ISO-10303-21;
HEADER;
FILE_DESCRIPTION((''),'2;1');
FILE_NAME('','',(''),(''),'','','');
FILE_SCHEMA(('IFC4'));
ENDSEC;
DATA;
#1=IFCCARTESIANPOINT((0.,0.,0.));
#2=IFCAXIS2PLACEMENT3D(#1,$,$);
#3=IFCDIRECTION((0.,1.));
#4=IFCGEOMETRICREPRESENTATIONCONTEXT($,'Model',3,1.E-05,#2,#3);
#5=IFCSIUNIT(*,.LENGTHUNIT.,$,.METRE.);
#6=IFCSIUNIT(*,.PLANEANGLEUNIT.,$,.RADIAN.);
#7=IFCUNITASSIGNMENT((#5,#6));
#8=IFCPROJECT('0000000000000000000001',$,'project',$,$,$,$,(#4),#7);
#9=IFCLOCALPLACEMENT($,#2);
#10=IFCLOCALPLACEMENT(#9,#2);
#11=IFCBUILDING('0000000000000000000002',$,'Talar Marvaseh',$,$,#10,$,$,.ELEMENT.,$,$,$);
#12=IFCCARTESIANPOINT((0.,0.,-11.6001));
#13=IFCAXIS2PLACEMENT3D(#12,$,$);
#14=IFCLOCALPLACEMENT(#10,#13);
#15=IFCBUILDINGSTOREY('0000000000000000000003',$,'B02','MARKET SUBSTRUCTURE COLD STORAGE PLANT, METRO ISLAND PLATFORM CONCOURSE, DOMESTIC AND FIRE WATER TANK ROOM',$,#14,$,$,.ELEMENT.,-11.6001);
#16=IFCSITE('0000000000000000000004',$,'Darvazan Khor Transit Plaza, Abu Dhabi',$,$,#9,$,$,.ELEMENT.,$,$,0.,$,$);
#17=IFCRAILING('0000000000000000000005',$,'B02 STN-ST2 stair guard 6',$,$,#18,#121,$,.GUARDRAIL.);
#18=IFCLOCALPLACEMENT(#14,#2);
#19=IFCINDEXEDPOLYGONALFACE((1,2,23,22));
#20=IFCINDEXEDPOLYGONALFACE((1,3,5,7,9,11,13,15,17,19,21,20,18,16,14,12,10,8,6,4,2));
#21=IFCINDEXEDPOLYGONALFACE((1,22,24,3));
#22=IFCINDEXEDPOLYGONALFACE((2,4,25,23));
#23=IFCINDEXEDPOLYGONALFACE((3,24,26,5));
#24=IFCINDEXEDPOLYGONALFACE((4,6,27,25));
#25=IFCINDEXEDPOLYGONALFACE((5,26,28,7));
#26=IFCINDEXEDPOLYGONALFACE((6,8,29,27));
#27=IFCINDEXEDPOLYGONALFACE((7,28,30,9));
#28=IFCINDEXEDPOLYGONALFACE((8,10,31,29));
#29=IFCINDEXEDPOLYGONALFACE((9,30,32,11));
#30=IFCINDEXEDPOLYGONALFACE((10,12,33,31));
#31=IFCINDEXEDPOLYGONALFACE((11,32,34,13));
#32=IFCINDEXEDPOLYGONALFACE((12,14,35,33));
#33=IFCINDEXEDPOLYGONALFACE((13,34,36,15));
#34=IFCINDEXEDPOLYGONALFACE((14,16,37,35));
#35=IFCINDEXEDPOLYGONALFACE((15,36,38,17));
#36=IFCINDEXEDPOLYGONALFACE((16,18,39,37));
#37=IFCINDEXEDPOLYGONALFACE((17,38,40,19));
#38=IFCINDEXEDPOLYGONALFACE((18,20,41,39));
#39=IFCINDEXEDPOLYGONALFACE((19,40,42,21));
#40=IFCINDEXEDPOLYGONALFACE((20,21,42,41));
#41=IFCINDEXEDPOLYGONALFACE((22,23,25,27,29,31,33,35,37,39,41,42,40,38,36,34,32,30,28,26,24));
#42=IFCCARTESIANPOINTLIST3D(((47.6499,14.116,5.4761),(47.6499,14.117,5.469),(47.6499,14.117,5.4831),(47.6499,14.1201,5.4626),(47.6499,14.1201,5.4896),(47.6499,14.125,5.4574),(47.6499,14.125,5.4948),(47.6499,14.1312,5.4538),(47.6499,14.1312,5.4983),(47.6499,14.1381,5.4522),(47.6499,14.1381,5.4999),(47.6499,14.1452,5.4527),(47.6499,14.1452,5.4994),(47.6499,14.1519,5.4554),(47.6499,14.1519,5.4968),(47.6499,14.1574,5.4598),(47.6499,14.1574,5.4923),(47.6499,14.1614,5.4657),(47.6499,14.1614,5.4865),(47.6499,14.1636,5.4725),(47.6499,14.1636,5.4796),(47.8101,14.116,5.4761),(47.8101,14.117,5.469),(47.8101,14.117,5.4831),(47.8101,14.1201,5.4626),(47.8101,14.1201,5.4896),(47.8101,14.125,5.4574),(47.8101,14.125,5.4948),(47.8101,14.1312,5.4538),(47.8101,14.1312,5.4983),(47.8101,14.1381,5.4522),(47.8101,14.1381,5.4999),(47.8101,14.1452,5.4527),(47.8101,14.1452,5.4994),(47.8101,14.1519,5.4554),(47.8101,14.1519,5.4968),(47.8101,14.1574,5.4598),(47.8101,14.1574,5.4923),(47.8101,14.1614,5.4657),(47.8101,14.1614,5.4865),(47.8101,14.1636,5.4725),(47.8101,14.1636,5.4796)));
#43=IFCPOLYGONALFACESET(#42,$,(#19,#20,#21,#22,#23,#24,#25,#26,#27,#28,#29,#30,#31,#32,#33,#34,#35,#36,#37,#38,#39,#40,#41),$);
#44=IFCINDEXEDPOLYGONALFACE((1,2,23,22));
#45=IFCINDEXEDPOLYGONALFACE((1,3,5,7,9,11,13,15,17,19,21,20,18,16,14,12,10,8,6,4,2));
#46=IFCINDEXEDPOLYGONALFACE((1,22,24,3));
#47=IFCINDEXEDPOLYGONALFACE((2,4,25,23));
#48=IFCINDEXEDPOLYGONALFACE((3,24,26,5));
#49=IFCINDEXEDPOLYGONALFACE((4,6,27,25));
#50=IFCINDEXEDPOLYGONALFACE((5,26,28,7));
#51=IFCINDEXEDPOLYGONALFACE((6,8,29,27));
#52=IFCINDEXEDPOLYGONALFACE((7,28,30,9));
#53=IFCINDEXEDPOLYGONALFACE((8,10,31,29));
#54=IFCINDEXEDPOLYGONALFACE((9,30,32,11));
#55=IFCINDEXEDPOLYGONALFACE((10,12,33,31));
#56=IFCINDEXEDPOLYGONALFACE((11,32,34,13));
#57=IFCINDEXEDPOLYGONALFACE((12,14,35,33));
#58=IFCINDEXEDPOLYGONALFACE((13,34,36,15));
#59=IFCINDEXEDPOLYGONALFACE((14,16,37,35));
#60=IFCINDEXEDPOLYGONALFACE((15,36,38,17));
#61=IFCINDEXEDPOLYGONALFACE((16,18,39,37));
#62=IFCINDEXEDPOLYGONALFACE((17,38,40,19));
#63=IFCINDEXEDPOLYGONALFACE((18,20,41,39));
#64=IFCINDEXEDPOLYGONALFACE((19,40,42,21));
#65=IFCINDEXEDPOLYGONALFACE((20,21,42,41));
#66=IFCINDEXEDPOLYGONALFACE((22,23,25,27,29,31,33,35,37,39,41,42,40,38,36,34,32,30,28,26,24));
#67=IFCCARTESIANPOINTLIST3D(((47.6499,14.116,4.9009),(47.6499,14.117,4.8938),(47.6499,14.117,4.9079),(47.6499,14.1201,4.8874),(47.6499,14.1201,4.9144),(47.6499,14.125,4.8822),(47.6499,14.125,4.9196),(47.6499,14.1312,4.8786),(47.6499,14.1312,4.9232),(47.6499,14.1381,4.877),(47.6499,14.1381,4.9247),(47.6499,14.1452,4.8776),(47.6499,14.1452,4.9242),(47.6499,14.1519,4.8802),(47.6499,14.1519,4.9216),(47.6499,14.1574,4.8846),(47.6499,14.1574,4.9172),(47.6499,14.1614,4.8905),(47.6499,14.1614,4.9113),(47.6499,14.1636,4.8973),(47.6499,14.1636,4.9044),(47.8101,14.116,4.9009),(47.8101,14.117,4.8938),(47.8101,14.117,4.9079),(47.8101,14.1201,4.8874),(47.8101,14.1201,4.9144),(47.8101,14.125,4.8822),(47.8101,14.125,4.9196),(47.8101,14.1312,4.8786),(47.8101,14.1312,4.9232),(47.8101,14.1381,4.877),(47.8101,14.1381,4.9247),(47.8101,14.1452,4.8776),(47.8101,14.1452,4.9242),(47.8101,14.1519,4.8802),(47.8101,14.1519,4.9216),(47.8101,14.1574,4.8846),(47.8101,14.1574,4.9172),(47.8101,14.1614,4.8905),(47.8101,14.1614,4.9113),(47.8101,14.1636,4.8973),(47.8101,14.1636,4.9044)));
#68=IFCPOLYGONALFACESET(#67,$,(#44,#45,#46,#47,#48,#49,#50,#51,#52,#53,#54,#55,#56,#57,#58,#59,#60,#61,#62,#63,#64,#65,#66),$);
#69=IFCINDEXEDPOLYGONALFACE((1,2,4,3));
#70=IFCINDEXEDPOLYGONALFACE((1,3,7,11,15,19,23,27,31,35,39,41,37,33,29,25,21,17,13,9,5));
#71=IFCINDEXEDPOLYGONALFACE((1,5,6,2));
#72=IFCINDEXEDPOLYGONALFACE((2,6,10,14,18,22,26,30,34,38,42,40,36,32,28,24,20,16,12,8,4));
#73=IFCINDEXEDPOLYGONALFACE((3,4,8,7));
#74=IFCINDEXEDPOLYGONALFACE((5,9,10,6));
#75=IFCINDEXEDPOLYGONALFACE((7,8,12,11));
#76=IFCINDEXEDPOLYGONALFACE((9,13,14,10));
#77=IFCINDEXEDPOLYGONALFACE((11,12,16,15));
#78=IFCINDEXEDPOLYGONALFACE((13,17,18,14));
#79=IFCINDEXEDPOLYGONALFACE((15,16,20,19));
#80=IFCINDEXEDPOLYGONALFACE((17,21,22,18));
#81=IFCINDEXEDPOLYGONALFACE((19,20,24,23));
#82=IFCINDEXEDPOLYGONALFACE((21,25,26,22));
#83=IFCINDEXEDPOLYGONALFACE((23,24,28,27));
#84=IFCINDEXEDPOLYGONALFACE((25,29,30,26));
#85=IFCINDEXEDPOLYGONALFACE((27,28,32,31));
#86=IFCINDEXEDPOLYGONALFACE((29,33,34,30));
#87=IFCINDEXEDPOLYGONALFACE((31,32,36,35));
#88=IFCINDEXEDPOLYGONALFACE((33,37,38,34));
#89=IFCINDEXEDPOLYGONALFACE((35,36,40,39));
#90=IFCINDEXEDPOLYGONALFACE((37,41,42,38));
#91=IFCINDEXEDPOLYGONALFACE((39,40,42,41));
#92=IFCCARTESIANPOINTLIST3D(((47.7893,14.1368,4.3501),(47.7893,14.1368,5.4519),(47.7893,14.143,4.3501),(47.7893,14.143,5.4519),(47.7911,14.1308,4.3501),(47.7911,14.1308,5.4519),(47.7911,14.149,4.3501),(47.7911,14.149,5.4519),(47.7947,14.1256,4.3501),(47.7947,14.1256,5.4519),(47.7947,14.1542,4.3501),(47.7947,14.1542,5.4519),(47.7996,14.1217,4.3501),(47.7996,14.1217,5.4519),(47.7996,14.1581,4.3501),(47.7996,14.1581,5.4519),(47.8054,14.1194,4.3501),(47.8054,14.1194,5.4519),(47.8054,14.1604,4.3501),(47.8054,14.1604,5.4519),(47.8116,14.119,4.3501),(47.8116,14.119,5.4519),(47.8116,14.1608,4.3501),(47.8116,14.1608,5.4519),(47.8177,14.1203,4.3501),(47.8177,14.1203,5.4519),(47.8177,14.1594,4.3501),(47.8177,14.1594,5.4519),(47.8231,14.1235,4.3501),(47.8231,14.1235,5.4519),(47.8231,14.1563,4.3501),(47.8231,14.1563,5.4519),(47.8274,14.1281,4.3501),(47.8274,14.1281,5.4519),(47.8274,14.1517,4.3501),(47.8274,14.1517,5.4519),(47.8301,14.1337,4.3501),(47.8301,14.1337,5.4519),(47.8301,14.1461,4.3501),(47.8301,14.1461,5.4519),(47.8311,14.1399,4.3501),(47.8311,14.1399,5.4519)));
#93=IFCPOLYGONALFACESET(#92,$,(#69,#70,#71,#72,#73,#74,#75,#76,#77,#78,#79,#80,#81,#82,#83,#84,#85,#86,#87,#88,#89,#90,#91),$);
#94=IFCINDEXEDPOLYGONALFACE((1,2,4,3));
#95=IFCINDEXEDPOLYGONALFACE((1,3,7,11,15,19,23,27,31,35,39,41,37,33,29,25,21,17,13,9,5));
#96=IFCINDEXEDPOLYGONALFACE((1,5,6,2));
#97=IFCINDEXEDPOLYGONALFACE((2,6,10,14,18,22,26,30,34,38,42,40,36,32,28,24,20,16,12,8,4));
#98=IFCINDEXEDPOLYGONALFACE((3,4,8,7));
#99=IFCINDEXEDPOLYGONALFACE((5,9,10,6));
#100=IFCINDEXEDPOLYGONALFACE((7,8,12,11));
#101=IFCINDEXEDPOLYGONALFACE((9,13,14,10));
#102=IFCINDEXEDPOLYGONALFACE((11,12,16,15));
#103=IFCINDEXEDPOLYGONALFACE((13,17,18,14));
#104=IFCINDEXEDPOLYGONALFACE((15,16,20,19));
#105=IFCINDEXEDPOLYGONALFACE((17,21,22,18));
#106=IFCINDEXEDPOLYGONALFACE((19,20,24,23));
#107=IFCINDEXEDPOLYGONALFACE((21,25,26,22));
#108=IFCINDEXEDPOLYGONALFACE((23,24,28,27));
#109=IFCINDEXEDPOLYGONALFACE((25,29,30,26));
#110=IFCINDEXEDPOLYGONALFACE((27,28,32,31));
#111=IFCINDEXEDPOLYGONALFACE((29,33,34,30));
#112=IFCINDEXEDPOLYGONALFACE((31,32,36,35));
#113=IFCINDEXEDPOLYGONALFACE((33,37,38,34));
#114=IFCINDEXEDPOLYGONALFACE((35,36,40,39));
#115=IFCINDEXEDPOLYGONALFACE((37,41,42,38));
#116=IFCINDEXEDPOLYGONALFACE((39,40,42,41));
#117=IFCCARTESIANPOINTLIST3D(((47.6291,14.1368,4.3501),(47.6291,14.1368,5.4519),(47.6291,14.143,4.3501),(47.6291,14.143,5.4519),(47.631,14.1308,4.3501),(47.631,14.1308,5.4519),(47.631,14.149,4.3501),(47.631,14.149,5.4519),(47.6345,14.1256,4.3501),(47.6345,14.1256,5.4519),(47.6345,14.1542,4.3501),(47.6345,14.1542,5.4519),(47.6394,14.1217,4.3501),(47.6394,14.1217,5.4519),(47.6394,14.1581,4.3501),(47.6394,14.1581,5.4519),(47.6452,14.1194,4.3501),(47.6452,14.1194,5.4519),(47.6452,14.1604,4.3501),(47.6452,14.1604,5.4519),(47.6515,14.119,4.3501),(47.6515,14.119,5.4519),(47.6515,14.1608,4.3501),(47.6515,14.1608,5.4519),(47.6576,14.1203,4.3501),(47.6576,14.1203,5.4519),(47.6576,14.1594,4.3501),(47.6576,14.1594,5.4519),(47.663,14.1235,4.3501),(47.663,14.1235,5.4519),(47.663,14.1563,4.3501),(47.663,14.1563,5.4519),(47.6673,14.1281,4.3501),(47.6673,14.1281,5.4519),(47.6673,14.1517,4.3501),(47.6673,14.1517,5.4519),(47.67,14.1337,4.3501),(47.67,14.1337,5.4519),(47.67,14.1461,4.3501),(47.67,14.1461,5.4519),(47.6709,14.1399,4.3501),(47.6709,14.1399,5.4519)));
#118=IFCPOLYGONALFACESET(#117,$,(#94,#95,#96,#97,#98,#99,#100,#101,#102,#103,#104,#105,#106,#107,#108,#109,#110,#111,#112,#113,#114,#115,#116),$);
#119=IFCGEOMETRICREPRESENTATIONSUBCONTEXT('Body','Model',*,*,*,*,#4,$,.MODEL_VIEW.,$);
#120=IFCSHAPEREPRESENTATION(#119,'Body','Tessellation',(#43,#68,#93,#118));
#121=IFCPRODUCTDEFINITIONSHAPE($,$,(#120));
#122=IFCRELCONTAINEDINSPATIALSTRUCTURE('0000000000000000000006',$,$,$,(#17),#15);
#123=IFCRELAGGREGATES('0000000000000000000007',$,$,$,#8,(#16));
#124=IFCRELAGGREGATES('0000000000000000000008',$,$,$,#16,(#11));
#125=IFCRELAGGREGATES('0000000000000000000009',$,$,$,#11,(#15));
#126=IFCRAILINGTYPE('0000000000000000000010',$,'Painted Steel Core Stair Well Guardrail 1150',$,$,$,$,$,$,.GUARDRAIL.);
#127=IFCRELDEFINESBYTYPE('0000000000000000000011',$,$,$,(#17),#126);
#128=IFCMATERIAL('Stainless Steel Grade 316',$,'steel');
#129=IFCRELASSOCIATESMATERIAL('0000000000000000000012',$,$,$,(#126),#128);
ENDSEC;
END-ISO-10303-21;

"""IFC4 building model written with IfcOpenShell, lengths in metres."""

from ifc_helpers import new_model, si_unit, direction, frame, origin, origin_2d, place, context, subcontext, project, spatial, circle, extrude, material, type_object, element, save


model = new_model("IFC4")

# Units and contexts
model_context = context("Model", 3, precision=1e-05, world=origin(), true_north=direction((0.0, 1.0)))
body_context = subcontext(model_context, "Body", "Model", "MODEL_VIEW")
ifc_project = project(units=[si_unit("LENGTHUNIT", "METRE"), si_unit("PLANEANGLEUNIT", "RADIAN")], contexts=[model_context])

# Site, building, storey
site_placement = place(None, origin())
site = spatial("IfcSite", under=ifc_project, at=site_placement, Name="Darvazan Khor Transit Plaza, Abu Dhabi", CompositionType="ELEMENT", RefElevation=0.0)
building_placement = place(site_placement, origin())
building = spatial("IfcBuilding", under=site, at=building_placement, Name="Talar Marvaseh", CompositionType="ELEMENT")
storey_placement = place(building_placement, frame((0.0, 0.0, -11.6001)))
storey = spatial("IfcBuildingStorey", under=building, at=storey_placement, Name="B02", Description="MARKET SUBSTRUCTURE COLD STORAGE PLANT, METRO ISLAND PLATFORM CONCOURSE, DOMESTIC AND FIRE WATER TANK ROOM", CompositionType="ELEMENT", Elevation=-11.6001)

# Railing
ifc_material_1 = material(Name="Stainless Steel Grade 316", Category="steel")
railing_type = type_object("IfcRailingType", Name="Painted Steel Core Stair Well Guardrail 1150", PredefinedType="GUARDRAIL", material=ifc_material_1)
railing_1_placement = place(storey_placement, frame((47.8101, 14.1399, 4.3501)))
element("IfcRailing", 1, at=railing_1_placement, inside=storey, type_object=railing_type, Name="B02 STN-ST2 stair guard 6", PredefinedType="GUARDRAIL", context=body_context, shape_type="SweptSolid", body=[
    extrude(circle(Radius=0.0239, at=origin_2d()), frame((0.0, 0.0, 1.126), z_axis=(-1.0, 0.0, 0.0), x_axis=(0.0, -1.0, 0.0)), (0.0, 0.0, 1.0), 0.1602),
    extrude(circle(Radius=0.0239, at=origin_2d()), frame((0.0, 0.0, 0.5508), z_axis=(-1.0, 0.0, 0.0), x_axis=(0.0, -1.0, 0.0)), (0.0, 0.0, 1.0), 0.1602),
    extrude(circle(Radius=0.021, at=origin_2d()), origin(), (0.0, 0.0, 1.0), 1.1018),
    extrude(circle(Radius=0.021, at=origin_2d()), frame((-0.1602, 0.0, 0.0)), (0.0, 0.0, 1.0), 1.1018),
])

save(model, "model.ifc")
